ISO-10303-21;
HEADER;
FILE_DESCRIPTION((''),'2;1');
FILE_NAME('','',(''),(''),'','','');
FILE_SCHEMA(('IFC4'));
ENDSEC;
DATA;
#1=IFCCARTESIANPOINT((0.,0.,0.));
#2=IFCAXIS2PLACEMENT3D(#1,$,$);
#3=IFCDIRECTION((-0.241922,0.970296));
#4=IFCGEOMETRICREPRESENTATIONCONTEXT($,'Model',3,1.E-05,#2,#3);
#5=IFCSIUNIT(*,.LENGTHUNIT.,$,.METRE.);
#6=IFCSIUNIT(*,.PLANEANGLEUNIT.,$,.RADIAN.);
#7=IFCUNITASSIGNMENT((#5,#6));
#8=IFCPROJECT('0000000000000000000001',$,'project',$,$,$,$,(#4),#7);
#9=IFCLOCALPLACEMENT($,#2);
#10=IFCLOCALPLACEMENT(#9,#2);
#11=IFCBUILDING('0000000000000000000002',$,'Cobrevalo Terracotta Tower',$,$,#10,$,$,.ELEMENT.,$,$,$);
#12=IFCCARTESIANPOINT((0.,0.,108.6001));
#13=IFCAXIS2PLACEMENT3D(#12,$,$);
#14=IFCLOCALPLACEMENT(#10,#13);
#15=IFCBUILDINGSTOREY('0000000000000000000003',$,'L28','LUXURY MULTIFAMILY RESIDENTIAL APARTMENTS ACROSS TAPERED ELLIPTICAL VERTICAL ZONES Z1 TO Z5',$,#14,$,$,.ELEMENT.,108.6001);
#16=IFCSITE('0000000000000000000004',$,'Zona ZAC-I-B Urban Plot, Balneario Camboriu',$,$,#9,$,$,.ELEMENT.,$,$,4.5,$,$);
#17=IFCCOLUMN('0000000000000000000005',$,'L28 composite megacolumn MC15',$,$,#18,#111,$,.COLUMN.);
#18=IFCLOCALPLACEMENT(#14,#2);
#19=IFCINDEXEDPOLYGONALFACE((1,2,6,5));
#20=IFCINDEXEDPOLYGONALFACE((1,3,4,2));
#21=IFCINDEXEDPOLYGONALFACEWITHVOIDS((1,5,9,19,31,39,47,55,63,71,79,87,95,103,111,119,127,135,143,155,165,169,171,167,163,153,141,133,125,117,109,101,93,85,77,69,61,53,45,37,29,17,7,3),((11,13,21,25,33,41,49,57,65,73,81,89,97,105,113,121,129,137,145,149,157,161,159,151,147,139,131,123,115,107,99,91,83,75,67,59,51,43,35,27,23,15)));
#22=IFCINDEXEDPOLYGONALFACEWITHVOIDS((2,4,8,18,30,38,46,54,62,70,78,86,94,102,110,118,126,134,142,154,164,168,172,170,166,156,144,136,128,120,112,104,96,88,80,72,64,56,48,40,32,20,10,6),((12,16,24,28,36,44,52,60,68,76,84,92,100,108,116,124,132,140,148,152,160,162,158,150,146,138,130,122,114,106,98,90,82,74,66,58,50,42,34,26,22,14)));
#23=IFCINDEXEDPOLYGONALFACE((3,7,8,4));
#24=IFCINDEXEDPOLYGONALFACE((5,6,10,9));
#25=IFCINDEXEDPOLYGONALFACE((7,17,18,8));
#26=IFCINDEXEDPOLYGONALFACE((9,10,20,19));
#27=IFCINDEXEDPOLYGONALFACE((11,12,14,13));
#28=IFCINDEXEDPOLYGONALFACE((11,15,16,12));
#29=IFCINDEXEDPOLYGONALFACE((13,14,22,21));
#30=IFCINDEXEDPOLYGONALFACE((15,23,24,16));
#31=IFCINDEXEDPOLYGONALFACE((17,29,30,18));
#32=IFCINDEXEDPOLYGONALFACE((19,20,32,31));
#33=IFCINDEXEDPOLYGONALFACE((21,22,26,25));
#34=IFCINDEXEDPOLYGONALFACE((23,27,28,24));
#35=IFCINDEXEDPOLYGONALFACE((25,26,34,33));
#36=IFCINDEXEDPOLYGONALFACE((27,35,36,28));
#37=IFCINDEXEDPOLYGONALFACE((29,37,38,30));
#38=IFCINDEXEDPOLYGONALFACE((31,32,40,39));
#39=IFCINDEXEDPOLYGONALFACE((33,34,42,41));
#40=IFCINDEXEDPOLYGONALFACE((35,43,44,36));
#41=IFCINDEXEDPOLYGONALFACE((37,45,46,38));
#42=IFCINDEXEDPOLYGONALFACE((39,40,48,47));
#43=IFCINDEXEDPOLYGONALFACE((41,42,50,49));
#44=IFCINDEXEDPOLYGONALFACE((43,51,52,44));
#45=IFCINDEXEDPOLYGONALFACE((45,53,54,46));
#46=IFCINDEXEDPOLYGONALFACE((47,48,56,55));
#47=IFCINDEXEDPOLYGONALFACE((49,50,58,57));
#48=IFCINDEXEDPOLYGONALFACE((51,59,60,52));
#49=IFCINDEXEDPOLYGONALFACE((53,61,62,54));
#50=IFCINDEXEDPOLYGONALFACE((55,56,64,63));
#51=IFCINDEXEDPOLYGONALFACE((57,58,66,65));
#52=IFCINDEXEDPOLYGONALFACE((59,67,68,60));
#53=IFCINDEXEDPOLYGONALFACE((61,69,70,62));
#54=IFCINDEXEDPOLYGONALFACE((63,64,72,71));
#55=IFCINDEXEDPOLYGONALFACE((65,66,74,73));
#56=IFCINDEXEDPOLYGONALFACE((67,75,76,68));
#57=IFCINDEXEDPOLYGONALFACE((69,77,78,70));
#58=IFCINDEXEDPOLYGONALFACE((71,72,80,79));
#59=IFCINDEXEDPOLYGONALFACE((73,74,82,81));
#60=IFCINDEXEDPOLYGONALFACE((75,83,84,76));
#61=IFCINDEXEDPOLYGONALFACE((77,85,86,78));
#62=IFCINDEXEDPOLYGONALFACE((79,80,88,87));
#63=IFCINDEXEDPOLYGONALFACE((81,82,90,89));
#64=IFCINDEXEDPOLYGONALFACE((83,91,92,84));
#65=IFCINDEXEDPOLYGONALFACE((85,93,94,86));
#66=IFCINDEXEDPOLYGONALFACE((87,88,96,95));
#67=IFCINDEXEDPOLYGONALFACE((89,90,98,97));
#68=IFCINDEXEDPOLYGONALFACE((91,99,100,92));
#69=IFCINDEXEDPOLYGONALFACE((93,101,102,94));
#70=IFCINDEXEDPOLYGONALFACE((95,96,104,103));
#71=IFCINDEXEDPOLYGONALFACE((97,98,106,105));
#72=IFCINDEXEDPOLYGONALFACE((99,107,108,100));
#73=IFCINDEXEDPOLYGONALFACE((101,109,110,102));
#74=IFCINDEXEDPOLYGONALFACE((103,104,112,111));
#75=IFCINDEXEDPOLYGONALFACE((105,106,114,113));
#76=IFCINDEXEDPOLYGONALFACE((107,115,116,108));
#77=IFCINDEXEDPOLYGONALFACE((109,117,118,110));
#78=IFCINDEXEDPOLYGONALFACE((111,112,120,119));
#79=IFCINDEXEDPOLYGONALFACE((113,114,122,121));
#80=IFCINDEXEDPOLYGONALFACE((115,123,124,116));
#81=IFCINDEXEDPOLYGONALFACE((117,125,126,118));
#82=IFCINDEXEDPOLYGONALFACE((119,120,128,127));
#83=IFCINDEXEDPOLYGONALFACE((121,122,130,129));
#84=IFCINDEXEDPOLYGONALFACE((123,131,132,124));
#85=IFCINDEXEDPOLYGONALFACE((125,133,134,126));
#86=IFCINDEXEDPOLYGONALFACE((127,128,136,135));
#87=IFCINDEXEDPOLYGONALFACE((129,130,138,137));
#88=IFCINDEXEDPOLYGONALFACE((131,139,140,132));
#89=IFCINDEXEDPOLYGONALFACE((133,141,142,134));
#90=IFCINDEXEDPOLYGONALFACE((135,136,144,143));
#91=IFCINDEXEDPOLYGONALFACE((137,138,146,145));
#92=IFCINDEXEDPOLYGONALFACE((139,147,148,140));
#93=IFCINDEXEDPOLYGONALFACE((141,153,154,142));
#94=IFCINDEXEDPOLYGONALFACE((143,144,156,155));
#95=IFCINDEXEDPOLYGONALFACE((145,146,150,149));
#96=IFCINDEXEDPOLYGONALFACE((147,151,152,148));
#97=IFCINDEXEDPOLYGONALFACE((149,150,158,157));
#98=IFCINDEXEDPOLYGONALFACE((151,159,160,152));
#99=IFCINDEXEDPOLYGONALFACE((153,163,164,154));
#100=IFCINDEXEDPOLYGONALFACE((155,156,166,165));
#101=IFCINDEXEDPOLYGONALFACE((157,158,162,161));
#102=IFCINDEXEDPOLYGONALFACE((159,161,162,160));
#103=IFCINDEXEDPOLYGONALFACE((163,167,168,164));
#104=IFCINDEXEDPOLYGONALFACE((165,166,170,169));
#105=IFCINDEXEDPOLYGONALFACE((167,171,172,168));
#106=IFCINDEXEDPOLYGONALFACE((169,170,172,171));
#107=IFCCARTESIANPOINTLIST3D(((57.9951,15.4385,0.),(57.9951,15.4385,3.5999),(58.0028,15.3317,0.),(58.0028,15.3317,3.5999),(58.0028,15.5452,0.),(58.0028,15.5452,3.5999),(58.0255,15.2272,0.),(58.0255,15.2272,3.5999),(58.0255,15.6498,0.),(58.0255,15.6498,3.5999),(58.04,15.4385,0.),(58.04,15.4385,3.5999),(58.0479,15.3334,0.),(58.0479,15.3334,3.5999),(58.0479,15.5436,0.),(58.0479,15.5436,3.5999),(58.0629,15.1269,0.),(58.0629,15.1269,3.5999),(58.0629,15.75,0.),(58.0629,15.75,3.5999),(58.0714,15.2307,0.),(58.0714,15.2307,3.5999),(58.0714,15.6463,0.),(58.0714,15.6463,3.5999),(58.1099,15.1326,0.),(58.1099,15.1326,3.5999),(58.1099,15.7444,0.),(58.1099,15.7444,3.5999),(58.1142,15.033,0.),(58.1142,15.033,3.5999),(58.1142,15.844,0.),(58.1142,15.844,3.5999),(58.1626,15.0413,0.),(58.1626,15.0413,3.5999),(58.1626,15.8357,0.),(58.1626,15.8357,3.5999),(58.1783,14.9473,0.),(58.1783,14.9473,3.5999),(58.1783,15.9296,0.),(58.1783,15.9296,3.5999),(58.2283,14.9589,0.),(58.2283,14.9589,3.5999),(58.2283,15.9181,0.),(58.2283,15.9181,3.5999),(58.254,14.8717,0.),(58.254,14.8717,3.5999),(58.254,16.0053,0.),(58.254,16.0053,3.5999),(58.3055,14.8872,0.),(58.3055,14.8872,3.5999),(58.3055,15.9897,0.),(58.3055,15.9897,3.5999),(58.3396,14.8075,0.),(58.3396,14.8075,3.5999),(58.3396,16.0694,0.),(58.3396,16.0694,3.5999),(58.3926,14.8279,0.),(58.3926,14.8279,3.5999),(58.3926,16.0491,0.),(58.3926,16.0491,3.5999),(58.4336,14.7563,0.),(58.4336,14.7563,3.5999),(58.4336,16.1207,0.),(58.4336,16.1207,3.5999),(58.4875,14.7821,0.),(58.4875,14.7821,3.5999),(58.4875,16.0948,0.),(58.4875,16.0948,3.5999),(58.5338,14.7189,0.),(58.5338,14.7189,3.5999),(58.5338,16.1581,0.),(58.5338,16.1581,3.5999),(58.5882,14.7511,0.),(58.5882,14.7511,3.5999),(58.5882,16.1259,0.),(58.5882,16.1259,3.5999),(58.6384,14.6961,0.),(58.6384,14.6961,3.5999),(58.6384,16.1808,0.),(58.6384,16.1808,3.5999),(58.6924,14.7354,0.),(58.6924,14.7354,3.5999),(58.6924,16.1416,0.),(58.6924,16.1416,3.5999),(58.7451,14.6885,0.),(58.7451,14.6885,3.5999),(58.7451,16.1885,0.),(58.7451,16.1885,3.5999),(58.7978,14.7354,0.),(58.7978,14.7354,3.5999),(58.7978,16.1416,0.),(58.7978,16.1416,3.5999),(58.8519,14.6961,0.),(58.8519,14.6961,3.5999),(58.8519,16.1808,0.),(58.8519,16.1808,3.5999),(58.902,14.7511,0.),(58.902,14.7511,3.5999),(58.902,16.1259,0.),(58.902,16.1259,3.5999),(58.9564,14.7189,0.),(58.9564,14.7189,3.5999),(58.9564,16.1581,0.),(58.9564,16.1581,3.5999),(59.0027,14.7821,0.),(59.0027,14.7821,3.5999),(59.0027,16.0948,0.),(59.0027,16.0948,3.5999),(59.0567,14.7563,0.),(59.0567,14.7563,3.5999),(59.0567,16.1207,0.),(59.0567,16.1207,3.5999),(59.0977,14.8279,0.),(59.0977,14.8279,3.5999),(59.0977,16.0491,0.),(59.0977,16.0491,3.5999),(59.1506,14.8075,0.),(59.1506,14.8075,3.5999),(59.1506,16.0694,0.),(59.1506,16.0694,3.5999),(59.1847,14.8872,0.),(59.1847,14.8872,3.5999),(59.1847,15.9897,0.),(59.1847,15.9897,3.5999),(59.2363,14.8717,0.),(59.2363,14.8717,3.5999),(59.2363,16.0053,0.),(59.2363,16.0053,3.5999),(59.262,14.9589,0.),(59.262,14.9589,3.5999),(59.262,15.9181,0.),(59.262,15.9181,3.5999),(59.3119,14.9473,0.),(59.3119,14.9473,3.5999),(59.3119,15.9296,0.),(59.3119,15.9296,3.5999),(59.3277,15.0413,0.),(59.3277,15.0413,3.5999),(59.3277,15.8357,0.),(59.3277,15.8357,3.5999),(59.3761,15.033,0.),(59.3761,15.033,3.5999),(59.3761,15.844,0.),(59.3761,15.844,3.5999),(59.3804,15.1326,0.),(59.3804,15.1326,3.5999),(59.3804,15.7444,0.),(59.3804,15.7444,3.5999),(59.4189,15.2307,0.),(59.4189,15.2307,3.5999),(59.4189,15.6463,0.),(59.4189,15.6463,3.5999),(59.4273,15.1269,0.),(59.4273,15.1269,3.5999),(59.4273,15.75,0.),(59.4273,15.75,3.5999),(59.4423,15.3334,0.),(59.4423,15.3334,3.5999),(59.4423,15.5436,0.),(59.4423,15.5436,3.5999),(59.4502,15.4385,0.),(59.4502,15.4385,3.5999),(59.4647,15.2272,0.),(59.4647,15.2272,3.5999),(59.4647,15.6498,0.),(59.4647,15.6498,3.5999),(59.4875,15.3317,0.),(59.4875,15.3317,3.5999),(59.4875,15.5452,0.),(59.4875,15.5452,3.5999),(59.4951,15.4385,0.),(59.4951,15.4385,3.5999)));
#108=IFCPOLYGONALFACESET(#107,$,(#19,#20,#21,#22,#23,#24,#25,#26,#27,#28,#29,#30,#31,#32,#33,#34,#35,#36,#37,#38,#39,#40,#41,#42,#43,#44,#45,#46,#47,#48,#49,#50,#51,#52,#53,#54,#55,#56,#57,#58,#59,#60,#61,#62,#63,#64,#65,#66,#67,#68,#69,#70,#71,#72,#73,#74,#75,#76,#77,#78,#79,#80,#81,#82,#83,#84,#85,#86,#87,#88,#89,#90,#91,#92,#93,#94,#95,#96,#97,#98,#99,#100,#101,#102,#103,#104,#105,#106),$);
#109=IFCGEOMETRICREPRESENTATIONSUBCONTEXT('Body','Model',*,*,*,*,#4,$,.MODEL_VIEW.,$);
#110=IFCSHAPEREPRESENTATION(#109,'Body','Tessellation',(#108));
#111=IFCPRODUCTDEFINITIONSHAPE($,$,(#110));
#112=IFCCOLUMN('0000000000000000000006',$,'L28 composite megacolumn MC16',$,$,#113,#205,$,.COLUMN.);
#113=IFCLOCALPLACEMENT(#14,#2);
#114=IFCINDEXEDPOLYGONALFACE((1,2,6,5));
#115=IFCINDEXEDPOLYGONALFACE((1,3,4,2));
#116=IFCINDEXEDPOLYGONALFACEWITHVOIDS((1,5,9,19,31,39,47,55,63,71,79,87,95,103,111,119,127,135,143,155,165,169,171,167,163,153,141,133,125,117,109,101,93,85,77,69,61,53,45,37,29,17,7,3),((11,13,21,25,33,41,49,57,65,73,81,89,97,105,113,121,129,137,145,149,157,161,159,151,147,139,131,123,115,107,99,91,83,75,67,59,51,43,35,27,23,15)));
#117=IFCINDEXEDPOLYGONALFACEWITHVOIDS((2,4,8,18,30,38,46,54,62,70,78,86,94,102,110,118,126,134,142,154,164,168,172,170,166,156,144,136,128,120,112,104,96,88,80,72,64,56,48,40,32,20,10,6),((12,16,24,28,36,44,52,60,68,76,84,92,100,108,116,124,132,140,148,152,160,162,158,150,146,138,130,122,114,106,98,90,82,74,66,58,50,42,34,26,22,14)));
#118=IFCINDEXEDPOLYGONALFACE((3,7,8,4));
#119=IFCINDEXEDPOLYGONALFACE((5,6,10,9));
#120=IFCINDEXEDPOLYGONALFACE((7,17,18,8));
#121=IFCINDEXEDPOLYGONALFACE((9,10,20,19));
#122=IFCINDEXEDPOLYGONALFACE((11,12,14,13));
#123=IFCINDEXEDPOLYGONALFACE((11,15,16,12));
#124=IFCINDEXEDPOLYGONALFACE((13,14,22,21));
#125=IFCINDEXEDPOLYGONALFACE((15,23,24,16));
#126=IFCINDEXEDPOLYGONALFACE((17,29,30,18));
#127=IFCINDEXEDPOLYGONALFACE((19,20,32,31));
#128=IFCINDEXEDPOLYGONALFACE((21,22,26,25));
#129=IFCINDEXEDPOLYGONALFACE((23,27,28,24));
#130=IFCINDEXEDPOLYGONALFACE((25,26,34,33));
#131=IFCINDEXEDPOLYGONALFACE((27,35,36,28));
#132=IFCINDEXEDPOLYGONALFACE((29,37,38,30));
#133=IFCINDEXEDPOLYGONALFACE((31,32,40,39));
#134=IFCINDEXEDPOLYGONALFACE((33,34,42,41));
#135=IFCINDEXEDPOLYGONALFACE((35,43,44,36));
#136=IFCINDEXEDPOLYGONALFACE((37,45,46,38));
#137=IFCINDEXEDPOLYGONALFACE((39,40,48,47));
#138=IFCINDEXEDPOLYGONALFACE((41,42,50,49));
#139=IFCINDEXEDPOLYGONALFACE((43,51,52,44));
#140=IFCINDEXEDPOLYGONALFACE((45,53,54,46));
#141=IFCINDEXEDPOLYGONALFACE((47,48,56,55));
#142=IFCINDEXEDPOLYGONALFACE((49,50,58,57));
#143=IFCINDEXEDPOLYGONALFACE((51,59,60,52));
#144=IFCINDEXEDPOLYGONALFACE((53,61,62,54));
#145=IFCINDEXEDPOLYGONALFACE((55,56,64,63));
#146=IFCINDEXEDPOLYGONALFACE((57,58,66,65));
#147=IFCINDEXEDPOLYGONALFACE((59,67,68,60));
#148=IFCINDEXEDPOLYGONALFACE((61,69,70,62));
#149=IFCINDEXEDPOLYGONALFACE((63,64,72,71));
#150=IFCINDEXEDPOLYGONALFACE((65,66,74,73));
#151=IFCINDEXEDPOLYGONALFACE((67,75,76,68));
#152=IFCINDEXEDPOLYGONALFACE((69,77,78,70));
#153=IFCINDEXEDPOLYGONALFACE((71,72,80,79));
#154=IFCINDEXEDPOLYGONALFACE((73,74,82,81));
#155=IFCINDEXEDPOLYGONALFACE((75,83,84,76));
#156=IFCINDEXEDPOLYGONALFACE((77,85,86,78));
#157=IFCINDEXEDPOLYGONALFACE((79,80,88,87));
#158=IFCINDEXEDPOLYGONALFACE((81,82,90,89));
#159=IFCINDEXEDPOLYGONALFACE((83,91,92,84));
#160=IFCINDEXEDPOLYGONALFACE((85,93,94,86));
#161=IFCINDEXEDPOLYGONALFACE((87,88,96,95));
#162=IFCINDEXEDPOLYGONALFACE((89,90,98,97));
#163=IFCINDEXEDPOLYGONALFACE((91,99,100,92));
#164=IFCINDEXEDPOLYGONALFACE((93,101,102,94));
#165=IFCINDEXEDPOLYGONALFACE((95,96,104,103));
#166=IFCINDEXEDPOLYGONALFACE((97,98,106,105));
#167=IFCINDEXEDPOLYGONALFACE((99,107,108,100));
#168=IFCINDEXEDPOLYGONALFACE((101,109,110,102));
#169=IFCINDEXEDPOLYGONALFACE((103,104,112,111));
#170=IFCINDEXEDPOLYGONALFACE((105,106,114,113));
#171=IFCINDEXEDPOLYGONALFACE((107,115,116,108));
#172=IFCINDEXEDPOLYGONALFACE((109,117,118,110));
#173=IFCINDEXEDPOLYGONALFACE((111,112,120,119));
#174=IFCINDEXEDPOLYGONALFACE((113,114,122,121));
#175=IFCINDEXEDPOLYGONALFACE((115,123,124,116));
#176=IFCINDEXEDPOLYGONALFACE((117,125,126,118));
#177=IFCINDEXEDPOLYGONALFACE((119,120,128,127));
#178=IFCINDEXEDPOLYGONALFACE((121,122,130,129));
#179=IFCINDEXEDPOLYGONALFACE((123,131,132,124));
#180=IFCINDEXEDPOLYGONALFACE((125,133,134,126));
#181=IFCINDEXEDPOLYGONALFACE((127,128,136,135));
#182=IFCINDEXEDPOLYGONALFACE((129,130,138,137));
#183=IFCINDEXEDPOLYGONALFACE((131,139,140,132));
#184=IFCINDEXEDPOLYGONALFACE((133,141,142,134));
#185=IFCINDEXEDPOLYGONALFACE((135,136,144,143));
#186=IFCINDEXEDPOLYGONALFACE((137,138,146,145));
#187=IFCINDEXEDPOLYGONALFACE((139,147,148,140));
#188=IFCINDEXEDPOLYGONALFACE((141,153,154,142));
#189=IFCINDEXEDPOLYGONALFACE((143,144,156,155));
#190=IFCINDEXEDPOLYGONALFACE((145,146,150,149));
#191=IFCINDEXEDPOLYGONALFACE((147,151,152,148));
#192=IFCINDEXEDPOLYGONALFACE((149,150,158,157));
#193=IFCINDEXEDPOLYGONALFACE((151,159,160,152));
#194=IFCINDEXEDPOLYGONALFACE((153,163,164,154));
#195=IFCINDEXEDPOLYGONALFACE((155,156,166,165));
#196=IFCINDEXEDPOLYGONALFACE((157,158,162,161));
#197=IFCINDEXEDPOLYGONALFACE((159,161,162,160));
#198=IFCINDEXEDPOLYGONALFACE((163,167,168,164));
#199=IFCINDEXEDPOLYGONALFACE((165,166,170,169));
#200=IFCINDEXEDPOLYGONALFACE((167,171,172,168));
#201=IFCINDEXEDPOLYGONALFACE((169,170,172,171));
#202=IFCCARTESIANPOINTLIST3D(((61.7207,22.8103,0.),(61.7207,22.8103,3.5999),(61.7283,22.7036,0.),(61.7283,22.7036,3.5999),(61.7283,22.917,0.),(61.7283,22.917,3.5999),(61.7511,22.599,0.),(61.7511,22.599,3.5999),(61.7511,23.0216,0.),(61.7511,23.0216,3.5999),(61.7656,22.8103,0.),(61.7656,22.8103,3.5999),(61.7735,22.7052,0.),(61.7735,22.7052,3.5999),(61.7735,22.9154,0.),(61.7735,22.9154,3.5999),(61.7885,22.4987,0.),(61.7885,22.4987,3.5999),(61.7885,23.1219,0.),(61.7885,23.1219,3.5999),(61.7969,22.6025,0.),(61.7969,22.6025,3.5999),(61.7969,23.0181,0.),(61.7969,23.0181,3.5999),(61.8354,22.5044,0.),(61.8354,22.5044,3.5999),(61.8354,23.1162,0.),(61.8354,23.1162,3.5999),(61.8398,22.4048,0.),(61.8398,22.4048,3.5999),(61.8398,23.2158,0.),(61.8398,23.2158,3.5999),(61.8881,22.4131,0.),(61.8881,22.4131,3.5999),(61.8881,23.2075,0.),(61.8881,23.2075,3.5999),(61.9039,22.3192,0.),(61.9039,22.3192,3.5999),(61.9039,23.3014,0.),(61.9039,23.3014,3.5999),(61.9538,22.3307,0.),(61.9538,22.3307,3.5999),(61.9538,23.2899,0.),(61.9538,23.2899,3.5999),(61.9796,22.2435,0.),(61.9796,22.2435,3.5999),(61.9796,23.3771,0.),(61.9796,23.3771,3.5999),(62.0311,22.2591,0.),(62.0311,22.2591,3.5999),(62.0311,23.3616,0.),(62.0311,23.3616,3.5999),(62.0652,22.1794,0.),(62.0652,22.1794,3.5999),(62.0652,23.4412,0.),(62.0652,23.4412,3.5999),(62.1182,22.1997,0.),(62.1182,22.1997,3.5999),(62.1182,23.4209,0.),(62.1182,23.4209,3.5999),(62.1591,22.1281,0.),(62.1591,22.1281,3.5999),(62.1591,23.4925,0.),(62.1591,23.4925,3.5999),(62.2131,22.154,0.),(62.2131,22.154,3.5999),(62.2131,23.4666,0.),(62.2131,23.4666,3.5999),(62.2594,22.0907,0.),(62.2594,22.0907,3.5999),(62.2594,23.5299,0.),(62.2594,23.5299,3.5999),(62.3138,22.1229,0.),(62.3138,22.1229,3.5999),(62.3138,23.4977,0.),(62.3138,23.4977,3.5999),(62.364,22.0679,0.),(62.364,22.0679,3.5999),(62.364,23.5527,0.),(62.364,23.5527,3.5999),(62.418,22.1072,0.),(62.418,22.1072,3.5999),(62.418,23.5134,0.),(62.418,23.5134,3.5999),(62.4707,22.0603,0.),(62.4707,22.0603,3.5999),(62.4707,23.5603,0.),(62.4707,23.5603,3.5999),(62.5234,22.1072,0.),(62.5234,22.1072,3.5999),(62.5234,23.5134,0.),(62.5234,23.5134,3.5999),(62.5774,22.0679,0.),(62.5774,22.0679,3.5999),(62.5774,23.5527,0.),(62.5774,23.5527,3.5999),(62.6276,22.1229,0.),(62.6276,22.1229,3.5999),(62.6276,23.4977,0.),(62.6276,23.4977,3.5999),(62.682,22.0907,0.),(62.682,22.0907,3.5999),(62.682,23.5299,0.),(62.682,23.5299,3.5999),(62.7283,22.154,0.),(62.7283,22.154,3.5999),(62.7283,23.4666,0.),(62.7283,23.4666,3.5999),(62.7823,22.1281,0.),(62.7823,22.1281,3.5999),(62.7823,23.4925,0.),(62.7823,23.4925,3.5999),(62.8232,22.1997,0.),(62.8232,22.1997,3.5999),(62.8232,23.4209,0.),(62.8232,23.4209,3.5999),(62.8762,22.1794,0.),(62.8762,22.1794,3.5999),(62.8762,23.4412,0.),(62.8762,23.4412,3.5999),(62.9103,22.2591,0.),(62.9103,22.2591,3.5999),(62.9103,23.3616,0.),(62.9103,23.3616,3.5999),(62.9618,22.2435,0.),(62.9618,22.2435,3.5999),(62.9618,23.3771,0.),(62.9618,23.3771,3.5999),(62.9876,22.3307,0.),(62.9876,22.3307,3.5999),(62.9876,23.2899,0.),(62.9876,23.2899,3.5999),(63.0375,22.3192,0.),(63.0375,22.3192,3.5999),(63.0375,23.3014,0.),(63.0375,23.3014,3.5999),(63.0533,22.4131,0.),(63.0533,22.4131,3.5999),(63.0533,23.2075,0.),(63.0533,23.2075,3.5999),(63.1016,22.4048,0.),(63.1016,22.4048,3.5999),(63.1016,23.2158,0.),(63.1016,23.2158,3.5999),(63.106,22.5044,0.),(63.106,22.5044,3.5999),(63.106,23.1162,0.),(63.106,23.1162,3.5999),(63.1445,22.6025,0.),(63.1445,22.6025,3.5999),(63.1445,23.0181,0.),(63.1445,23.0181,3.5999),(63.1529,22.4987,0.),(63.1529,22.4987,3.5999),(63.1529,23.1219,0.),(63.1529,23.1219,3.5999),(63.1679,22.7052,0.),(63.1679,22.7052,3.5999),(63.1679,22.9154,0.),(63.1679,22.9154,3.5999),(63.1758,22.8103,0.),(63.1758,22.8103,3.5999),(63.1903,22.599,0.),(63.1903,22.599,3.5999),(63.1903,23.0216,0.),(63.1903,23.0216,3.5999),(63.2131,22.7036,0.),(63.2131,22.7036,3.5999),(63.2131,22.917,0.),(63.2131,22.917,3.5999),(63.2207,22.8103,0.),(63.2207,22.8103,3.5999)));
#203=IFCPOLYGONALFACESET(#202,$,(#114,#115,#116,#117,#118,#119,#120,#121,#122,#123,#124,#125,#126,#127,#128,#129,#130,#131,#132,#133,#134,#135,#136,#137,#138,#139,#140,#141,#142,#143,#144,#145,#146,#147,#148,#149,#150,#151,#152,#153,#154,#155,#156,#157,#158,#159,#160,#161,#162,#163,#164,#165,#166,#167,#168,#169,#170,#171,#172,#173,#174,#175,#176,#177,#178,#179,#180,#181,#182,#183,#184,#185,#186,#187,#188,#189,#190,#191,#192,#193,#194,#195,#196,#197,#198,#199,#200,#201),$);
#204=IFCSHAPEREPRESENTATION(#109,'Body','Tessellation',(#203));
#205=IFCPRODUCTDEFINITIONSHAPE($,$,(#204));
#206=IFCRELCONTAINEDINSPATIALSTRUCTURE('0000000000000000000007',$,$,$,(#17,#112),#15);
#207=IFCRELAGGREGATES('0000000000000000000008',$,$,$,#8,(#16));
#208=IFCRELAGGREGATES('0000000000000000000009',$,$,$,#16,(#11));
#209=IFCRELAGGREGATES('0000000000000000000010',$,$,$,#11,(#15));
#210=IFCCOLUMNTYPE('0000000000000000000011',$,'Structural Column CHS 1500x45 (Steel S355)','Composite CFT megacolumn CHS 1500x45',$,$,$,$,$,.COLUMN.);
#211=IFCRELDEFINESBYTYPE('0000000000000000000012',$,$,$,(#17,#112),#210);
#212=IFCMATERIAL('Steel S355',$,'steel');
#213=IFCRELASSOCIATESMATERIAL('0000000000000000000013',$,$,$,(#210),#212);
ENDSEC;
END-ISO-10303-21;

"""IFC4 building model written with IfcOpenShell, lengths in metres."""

from ifc_helpers import new_model, si_unit, direction, frame, origin, origin_2d, place, context, subcontext, project, spatial, hollow_circle, extrude, material, material_profile, profile_set, type_object, element, save


model = new_model("IFC4")

# Units and contexts
model_context = context("Model", 3, precision=1e-05, world=origin(), true_north=direction((-0.241922, 0.970296)))
body_context = subcontext(model_context, "Body", "Model", "MODEL_VIEW")
ifc_project = project(units=[si_unit("LENGTHUNIT", "METRE"), si_unit("PLANEANGLEUNIT", "RADIAN")], contexts=[model_context])

# Site, building, storey
site_placement = place(None, origin())
site = spatial("IfcSite", under=ifc_project, at=site_placement, Name="Zona ZAC-I-B Urban Plot, Balneario Camboriu", CompositionType="ELEMENT", RefElevation=4.5)
building_placement = place(site_placement, origin())
building = spatial("IfcBuilding", under=site, at=building_placement, Name="Cobrevalo Terracotta Tower", CompositionType="ELEMENT")
storey_placement = place(building_placement, frame((0.0, 0.0, 108.6001)))
storey = spatial("IfcBuildingStorey", under=building, at=storey_placement, Name="L28", Description="LUXURY MULTIFAMILY RESIDENTIAL APARTMENTS ACROSS TAPERED ELLIPTICAL VERTICAL ZONES Z1 TO Z5", CompositionType="ELEMENT", Elevation=108.6001)

# Columns
ifc_material_1 = material(Name="Steel S355", Category="steel")
ifc_material_profile_1 = material_profile(ifc_material_1, hollow_circle(Radius=0.75, WallThickness=0.0449, at=origin_2d()), Name="CHS 1500x45")
ifc_profile_set_1 = profile_set([ifc_material_profile_1], Name="Steel S355")
column_type = type_object("IfcColumnType", Name="Structural Column CHS 1500x45 (Steel S355)", Description="Composite CFT megacolumn CHS 1500x45", PredefinedType="COLUMN", material=ifc_profile_set_1)
for number, where, z_axis, x_axis, name in (
    (1, (58.7451, 15.4385, 0.0), (0.0, 0.0, 1.0), (1.0, 0.0, 0.0), "L28 composite megacolumn MC15"),
    (2, (62.4707, 22.8103, 0.0), (0.0, 0.0, 1.0), (1.0, 0.0, 0.0), "L28 composite megacolumn MC16"),
):
    element("IfcColumn", number, at=place(storey_placement, frame(where, z_axis=z_axis, x_axis=x_axis)), inside=storey, type_object=column_type, Name=name, PredefinedType="COLUMN", context=body_context, shape_type="SweptSolid", body=[
        extrude(hollow_circle(Radius=0.75, WallThickness=0.0449, at=origin_2d()), origin(), (0.0, 0.0, 1.0), 3.5999),
    ])

save(model, "model.ifc")
